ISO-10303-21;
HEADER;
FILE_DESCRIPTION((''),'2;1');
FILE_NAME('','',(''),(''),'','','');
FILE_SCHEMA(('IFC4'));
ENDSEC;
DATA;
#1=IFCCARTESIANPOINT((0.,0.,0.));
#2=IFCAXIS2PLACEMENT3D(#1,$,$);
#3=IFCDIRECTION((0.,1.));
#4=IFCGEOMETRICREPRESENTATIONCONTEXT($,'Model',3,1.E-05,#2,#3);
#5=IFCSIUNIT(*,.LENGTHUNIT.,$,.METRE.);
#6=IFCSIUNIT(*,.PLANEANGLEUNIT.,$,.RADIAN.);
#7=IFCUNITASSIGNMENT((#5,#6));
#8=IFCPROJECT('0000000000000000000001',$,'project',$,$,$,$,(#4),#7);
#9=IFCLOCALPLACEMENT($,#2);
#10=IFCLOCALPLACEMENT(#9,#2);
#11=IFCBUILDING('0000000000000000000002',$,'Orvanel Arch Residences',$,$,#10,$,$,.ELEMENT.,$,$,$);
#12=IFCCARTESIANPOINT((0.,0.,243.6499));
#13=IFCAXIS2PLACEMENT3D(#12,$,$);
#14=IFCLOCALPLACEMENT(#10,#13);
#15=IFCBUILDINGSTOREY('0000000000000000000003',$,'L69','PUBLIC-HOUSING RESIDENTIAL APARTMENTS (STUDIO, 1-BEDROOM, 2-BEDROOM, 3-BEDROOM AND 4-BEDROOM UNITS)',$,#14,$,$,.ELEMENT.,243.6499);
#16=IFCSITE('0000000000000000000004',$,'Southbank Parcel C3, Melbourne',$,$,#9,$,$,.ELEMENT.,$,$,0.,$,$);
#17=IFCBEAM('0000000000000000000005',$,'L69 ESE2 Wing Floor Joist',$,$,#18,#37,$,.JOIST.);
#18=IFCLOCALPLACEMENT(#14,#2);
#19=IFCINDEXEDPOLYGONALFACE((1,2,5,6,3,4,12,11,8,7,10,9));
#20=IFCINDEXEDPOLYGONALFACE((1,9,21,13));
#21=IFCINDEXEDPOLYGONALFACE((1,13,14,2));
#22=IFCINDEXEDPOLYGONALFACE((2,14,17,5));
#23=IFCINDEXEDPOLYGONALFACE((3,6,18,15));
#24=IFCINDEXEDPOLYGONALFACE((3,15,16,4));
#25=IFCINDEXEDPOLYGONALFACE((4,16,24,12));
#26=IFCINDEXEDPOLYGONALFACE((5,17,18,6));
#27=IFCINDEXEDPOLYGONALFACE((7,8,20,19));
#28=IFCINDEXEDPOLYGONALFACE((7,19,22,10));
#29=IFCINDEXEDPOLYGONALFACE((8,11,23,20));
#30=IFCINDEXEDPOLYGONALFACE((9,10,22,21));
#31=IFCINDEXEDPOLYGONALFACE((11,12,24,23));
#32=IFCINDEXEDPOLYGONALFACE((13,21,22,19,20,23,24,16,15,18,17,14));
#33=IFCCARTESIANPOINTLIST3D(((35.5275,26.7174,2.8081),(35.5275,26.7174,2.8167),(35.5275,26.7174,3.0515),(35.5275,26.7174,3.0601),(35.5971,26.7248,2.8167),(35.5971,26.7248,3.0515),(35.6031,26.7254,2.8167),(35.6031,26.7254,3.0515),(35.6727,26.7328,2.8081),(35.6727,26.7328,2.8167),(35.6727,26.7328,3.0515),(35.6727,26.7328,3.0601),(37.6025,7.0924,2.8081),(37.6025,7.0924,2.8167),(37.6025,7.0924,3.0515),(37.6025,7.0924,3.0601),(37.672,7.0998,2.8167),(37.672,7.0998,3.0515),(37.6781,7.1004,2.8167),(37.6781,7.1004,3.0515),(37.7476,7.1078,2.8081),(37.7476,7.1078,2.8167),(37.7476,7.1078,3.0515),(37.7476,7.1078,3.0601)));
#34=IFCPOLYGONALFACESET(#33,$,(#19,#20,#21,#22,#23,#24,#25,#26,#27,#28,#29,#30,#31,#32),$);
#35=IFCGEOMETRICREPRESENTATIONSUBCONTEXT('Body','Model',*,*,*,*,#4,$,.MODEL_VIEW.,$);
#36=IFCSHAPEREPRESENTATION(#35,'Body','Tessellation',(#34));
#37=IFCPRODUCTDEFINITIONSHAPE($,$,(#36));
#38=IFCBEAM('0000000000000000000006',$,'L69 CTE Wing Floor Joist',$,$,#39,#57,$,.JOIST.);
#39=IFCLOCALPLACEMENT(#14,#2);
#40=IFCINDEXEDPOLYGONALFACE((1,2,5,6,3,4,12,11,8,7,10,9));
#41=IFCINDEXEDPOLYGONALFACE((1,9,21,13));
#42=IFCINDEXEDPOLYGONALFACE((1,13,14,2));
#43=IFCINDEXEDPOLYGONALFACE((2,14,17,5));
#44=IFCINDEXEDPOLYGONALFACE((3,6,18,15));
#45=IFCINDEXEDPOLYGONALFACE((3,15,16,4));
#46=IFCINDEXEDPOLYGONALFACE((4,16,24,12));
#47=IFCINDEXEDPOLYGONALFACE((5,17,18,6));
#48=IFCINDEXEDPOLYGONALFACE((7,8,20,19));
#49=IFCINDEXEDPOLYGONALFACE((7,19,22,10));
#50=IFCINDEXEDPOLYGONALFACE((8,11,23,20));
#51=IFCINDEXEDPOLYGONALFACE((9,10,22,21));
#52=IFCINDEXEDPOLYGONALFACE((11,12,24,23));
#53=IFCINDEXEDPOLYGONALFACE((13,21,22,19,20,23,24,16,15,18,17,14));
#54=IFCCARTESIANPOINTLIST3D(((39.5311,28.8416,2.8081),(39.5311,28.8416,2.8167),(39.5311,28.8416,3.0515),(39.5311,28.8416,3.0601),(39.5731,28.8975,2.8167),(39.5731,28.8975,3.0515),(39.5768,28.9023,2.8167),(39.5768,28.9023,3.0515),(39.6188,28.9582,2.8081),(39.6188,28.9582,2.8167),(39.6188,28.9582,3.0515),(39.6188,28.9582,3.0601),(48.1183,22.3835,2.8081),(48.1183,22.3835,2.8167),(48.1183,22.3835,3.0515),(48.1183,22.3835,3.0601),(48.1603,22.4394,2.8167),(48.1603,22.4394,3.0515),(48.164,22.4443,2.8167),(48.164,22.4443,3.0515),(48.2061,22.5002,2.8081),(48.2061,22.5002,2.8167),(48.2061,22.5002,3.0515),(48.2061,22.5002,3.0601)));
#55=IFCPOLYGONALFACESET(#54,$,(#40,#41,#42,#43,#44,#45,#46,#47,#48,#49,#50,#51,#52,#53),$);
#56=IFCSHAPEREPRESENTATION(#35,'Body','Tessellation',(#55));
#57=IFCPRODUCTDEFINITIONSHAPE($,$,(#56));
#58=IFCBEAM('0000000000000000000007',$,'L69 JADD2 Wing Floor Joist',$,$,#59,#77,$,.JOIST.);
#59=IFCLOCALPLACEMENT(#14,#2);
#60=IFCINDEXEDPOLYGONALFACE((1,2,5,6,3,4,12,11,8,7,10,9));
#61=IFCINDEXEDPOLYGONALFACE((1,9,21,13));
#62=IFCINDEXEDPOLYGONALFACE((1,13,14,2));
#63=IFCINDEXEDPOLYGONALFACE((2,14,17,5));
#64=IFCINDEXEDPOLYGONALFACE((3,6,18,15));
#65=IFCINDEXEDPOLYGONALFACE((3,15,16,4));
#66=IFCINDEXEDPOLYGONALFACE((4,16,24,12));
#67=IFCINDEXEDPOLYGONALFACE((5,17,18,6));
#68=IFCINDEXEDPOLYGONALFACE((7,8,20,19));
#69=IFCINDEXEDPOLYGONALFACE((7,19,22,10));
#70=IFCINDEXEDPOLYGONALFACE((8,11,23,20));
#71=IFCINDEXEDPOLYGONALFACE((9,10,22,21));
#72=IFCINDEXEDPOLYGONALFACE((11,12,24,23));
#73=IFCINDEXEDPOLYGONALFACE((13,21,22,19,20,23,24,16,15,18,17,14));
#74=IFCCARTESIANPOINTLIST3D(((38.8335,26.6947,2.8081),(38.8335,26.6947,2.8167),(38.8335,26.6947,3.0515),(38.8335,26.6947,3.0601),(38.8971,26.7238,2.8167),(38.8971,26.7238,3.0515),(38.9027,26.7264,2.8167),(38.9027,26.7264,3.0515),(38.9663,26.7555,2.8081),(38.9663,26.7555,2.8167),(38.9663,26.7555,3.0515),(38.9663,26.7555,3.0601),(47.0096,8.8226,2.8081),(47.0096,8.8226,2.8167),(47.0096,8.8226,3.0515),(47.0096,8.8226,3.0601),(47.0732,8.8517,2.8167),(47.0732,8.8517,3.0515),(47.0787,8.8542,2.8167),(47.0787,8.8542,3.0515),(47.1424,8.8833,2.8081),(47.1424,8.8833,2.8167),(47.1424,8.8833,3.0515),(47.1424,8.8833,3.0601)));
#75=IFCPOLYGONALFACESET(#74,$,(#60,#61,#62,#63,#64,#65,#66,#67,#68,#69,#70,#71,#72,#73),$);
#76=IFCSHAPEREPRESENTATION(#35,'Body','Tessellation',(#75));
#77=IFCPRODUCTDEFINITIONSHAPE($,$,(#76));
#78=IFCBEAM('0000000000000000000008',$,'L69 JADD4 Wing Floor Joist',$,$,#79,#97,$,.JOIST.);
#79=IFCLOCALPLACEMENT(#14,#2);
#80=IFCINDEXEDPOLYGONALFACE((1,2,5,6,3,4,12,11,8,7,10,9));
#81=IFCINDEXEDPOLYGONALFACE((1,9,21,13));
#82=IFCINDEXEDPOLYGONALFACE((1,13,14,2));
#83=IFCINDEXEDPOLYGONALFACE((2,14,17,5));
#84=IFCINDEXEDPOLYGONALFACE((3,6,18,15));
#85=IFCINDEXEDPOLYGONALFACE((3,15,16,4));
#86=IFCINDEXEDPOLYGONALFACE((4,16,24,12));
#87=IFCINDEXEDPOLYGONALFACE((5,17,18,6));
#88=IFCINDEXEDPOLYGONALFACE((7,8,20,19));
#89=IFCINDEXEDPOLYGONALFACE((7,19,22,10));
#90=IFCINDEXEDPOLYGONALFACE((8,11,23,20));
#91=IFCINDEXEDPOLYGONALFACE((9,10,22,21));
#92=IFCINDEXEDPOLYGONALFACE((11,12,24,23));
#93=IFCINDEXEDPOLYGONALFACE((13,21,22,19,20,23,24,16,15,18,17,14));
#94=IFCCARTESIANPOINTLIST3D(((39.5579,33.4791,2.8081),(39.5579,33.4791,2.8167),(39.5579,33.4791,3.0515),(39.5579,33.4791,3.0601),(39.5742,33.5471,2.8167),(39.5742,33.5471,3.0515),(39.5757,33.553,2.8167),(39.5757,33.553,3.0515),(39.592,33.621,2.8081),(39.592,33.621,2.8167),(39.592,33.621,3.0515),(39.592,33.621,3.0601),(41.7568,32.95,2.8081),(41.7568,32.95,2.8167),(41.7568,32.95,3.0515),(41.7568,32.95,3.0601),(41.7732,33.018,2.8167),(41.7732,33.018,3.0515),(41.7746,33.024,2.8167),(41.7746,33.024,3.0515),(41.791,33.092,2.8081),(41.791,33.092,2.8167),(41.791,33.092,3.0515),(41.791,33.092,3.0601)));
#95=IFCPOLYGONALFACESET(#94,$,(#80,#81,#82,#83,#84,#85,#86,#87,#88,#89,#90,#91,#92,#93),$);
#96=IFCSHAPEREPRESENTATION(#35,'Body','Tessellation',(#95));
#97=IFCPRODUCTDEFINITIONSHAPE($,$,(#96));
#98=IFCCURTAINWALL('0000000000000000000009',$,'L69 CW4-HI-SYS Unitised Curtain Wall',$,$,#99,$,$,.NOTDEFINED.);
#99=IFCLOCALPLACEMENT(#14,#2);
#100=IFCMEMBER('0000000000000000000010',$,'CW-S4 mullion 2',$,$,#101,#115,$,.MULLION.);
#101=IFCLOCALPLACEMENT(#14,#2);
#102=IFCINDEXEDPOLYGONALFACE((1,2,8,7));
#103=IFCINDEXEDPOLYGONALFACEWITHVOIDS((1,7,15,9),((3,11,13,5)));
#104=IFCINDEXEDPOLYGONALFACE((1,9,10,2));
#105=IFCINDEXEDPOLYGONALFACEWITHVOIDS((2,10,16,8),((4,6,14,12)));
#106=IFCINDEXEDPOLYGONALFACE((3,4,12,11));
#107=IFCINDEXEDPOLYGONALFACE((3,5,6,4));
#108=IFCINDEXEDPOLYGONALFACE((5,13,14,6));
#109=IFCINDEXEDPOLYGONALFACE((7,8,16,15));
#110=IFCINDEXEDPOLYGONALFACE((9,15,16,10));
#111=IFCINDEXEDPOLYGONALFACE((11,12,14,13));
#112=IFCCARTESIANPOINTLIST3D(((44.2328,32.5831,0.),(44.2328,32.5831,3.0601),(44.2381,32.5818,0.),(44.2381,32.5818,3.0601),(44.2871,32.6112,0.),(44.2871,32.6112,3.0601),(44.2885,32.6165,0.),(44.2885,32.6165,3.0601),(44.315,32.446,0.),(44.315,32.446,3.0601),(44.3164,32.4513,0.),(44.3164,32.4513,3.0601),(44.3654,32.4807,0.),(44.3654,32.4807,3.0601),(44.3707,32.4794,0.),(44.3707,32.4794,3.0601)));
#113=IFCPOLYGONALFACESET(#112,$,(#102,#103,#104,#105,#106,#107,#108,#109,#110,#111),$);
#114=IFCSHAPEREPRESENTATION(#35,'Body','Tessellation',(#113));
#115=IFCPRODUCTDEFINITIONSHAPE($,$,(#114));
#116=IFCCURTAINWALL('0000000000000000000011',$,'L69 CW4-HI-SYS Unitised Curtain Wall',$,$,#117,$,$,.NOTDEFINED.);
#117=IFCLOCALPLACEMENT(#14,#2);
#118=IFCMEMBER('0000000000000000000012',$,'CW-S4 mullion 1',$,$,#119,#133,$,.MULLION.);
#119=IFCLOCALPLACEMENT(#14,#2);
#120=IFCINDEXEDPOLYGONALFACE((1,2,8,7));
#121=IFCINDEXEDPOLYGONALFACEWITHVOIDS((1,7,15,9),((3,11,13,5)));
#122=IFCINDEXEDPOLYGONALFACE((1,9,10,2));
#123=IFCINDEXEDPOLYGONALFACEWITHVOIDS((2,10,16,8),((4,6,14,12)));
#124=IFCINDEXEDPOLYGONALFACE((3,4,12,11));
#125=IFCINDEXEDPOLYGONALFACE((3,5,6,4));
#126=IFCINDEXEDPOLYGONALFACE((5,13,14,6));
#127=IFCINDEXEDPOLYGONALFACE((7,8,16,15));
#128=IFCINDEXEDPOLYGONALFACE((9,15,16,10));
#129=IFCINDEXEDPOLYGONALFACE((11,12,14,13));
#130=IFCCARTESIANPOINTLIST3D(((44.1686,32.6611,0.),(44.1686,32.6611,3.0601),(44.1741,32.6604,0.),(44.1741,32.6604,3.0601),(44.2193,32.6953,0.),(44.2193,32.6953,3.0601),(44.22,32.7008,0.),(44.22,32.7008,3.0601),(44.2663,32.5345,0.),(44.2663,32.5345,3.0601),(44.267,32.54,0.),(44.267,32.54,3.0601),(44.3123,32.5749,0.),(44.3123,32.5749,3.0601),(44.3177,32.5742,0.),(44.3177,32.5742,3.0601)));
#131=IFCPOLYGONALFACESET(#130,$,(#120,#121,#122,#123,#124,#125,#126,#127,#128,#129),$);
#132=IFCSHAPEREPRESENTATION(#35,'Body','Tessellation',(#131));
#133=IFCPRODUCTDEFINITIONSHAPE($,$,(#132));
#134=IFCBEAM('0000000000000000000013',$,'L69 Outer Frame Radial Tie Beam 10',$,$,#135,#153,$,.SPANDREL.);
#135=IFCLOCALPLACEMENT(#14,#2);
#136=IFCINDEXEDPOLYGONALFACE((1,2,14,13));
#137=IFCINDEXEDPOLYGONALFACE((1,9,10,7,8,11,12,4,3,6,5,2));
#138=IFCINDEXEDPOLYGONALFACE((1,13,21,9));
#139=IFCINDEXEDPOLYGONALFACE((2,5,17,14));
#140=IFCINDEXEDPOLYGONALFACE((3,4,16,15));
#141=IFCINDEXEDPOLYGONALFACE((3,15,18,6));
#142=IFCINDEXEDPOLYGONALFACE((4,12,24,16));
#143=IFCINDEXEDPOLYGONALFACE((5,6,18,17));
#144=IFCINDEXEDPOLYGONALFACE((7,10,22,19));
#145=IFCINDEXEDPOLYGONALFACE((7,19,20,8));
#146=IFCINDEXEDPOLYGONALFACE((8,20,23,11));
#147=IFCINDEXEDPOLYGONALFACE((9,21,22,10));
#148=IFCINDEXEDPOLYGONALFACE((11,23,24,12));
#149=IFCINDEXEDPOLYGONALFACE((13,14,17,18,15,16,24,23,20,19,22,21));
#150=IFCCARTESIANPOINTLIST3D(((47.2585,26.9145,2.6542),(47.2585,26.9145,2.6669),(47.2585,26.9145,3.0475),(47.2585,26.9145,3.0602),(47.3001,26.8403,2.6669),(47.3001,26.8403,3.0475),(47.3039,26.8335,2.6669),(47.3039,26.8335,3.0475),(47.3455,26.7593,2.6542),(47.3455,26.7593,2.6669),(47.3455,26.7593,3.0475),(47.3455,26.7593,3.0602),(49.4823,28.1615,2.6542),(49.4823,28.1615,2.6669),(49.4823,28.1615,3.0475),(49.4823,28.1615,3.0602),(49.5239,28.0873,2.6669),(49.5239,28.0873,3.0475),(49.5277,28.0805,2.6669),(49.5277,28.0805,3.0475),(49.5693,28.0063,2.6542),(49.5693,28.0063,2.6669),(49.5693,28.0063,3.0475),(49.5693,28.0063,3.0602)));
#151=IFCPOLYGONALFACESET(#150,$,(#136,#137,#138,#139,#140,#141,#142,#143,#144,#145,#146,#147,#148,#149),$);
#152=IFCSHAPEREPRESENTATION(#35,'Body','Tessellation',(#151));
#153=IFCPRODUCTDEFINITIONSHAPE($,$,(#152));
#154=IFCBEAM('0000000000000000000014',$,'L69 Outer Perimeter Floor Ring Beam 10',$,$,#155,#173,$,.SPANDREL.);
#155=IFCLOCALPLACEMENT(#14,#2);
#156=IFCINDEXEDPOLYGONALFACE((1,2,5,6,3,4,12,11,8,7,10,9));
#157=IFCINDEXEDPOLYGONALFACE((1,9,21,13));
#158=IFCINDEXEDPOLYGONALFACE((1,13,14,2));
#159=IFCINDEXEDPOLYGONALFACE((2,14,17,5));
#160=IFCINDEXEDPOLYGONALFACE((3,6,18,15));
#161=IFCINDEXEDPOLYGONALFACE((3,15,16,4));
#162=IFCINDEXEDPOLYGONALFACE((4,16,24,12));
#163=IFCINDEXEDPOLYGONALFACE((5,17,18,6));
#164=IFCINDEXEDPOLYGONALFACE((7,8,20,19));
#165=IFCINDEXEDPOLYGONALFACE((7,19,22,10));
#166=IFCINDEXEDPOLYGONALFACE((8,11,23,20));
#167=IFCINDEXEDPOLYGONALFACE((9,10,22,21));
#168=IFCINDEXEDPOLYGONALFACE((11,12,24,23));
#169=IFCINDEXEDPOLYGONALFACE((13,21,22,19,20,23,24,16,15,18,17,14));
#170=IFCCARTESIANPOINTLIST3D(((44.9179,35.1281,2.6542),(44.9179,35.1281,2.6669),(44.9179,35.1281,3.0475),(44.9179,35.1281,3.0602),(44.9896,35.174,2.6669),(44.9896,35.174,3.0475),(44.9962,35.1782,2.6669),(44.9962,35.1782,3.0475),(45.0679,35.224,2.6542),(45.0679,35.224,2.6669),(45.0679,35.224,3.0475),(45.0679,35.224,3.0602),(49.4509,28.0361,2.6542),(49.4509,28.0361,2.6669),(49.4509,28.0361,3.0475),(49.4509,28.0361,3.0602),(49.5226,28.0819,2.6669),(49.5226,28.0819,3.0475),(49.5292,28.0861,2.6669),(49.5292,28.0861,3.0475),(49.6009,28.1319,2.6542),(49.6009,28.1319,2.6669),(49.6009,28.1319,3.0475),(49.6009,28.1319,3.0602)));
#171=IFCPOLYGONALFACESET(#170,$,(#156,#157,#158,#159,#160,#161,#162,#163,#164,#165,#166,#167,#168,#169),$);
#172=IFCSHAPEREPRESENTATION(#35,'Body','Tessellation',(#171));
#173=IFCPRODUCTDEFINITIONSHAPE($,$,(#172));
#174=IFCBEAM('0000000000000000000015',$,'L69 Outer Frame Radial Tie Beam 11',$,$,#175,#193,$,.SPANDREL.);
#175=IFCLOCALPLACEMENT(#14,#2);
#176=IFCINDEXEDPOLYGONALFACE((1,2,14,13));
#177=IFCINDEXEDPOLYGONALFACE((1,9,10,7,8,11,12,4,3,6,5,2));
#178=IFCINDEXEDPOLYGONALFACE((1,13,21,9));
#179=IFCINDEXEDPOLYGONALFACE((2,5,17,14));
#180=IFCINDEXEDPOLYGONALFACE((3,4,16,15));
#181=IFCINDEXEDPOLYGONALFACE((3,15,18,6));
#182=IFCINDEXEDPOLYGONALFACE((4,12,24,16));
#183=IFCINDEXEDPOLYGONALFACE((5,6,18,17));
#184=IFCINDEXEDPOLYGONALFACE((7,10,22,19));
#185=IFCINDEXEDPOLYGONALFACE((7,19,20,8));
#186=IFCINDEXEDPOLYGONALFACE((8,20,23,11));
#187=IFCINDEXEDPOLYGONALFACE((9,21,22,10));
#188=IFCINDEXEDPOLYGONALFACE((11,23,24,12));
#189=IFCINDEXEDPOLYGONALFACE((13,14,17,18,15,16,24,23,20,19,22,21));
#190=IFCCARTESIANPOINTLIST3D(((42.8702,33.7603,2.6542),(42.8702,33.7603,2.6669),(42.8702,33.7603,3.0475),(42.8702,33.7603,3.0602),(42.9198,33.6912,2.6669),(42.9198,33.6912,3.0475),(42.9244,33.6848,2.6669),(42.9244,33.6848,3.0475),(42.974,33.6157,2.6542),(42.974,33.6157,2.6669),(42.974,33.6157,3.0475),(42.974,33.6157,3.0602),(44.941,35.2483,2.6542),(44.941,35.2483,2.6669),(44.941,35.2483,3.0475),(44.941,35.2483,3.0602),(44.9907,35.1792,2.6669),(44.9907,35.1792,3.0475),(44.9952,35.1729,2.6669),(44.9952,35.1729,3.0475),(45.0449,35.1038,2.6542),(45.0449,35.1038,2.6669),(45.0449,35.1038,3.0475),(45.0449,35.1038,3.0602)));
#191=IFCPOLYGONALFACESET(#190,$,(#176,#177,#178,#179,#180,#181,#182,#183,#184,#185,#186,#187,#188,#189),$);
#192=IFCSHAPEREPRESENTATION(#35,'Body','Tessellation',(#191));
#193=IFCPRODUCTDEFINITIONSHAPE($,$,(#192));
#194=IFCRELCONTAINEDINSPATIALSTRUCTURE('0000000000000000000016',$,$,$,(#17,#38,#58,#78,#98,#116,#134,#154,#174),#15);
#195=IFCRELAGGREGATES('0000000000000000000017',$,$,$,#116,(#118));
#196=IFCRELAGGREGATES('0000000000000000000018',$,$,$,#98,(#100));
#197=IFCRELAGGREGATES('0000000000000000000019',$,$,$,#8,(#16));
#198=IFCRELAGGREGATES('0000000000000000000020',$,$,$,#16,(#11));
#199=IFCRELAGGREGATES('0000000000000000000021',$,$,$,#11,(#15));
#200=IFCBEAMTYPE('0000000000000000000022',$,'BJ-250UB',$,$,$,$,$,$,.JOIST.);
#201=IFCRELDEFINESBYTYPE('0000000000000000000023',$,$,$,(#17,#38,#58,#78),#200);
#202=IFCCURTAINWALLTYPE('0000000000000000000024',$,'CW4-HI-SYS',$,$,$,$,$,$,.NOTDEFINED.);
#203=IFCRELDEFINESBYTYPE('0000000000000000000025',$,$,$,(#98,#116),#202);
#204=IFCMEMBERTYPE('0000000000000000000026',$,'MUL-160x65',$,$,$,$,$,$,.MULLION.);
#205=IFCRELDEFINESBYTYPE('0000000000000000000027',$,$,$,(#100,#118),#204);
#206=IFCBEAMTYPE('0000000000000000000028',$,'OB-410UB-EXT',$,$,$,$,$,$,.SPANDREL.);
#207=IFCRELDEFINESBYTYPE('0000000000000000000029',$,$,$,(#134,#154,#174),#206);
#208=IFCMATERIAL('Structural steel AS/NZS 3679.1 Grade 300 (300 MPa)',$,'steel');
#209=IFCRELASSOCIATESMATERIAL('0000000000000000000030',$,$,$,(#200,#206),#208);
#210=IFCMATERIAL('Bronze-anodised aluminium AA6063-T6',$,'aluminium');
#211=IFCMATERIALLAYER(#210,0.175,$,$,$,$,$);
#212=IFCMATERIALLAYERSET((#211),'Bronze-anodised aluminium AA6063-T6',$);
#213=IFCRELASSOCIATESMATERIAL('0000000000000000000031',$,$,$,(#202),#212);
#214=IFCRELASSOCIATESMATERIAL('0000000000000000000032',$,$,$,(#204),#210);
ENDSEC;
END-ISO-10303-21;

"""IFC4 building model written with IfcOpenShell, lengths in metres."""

from ifc_helpers import new_model, si_unit, direction, frame, origin, origin_2d, place, context, subcontext, project, spatial, hollow_rectangle, i_section, extrude, material, layer, layer_set, material_profile, profile_set, type_object, element, aggregate, save


model = new_model("IFC4")

# Units and contexts
model_context = context("Model", 3, precision=1e-05, world=origin(), true_north=direction((0.0, 1.0)))
body_context = subcontext(model_context, "Body", "Model", "MODEL_VIEW")
ifc_project = project(units=[si_unit("LENGTHUNIT", "METRE"), si_unit("PLANEANGLEUNIT", "RADIAN")], contexts=[model_context])

# Site, building, storey
site_placement = place(None, origin())
site = spatial("IfcSite", under=ifc_project, at=site_placement, Name="Southbank Parcel C3, Melbourne", CompositionType="ELEMENT", RefElevation=0.0)
building_placement = place(site_placement, origin())
building = spatial("IfcBuilding", under=site, at=building_placement, Name="Orvanel Arch Residences", CompositionType="ELEMENT")
storey_placement = place(building_placement, frame((0.0, 0.0, 243.6499)))
storey = spatial("IfcBuildingStorey", under=building, at=storey_placement, Name="L69", Description="PUBLIC-HOUSING RESIDENTIAL APARTMENTS (STUDIO, 1-BEDROOM, 2-BEDROOM, 3-BEDROOM AND 4-BEDROOM UNITS)", CompositionType="ELEMENT", Elevation=243.6499)

# Beams
ifc_material_1 = material(Name="Structural steel AS/NZS 3679.1 Grade 300 (300 MPa)", Category="steel")
ifc_material_profile_1 = material_profile(ifc_material_1, i_section(OverallWidth=0.146, OverallDepth=0.252, WebThickness=0.0061, FlangeThickness=0.0085, at=origin_2d()), Name="250UB31.4")
ifc_profile_set_1 = profile_set([ifc_material_profile_1], Name="Structural steel AS/NZS 3679.1 Grade 300 (300 MPa)")
beam_type_1 = type_object("IfcBeamType", Name="BJ-250UB", PredefinedType="JOIST", material=ifc_profile_set_1)
beam_1_placement = place(storey_placement, frame((35.6001, 26.7251, 2.9341), z_axis=(0.105144, -0.994457, 0.0), x_axis=(0.994457, 0.105144, 0.0)))
element("IfcBeam", 1, at=beam_1_placement, inside=storey, type_object=beam_type_1, Name="L69 ESE2 Wing Floor Joist", PredefinedType="JOIST", context=body_context, shape_type="SweptSolid", body=[
    extrude(i_section(OverallWidth=0.146, OverallDepth=0.252, WebThickness=0.0061, FlangeThickness=0.0085, at=origin_2d()), origin(), (0.0, 0.0, 1.0), 19.7344),
])
beam_2_placement = place(storey_placement, frame((39.575, 28.8999, 2.9341), z_axis=(0.799211, -0.60105, 0.0), x_axis=(0.60105, 0.799211, 0.0)))
element("IfcBeam", 2, at=beam_2_placement, inside=storey, type_object=beam_type_1, Name="L69 CTE Wing Floor Joist", PredefinedType="JOIST", context=body_context, shape_type="SweptSolid", body=[
    extrude(i_section(OverallWidth=0.146, OverallDepth=0.252, WebThickness=0.0061, FlangeThickness=0.0085, at=origin_2d()), origin(), (0.0, 0.0, 1.0), 10.7446),
])
beam_3_placement = place(storey_placement, frame((38.8999, 26.7251, 2.9341), z_axis=(0.41601, -0.90936, 0.0), x_axis=(0.90936, 0.41601, 0.0)))
element("IfcBeam", 3, at=beam_3_placement, inside=storey, type_object=beam_type_1, Name="L69 JADD2 Wing Floor Joist", PredefinedType="JOIST", context=body_context, shape_type="SweptSolid", body=[
    extrude(i_section(OverallWidth=0.146, OverallDepth=0.252, WebThickness=0.0061, FlangeThickness=0.0085, at=origin_2d()), origin(), (0.0, 0.0, 1.0), 19.6536),
])
beam_4_placement = place(storey_placement, frame((39.575, 33.55, 2.9341), z_axis=(0.972257, -0.233916, 0.0), x_axis=(0.233916, 0.972257, 0.0)))
element("IfcBeam", 4, at=beam_4_placement, inside=storey, type_object=beam_type_1, Name="L69 JADD4 Wing Floor Joist", PredefinedType="JOIST", context=body_context, shape_type="SweptSolid", body=[
    extrude(i_section(OverallWidth=0.146, OverallDepth=0.252, WebThickness=0.0061, FlangeThickness=0.0085, at=origin_2d()), origin(), (0.0, 0.0, 1.0), 2.2617),
])

# Curtain walls, members
ifc_material_2 = material(Name="Bronze-anodised aluminium AA6063-T6", Category="aluminium")
ifc_layer_1 = layer(ifc_material_2, 0.175)
ifc_layer_set_1 = layer_set([ifc_layer_1], Name="Bronze-anodised aluminium AA6063-T6")
curtain_wall_type = type_object("IfcCurtainWallType", Name="CW4-HI-SYS", PredefinedType="NOTDEFINED", material=ifc_layer_set_1)
curtain_wall_1_placement = place(storey_placement, origin())
curtain_wall_1 = element("IfcCurtainWall", 5, at=curtain_wall_1_placement, inside=storey, type_object=curtain_wall_type, Name="L69 CW4-HI-SYS Unitised Curtain Wall", PredefinedType="NOTDEFINED")
ifc_material_profile_2 = material_profile(ifc_material_2, hollow_rectangle(XDim=0.0649, YDim=0.1599, WallThickness=0.0039, at=origin_2d()), Name="ALU160x65x4")
ifc_profile_set_2 = profile_set([ifc_material_profile_2], Name="Bronze-anodised aluminium AA6063-T6")
member_type_1 = type_object("IfcMemberType", Name="MUL-160x65", PredefinedType="MULLION", material=ifc_profile_set_2)
member_1_placement = place(storey_placement, frame((44.3018, 32.5312, 0.0), z_axis=(0.0, 0.0, 1.0), x_axis=(-0.857511, -0.514465, 0.0)))
member_1 = element("IfcMember", 6, at=member_1_placement, type_object=member_type_1, Name="CW-S4 mullion 2", PredefinedType="MULLION", context=body_context, shape_type="SweptSolid", body=[
    extrude(hollow_rectangle(XDim=0.0649, YDim=0.1599, WallThickness=0.0039, at=origin_2d()), origin(), (0.0, 0.0, 1.0), 3.0601),
])
curtain_wall_2_placement = place(storey_placement, origin())
curtain_wall_2 = element("IfcCurtainWall", 7, at=curtain_wall_2_placement, inside=storey, type_object=curtain_wall_type, Name="L69 CW4-HI-SYS Unitised Curtain Wall", PredefinedType="NOTDEFINED")
member_2_placement = place(storey_placement, frame((44.2432, 32.6177, 0.0), z_axis=(0.0, 0.0, 1.0), x_axis=(-0.791478, -0.611198, 0.0)))
member_2 = element("IfcMember", 8, at=member_2_placement, type_object=member_type_1, Name="CW-S4 mullion 1", PredefinedType="MULLION", context=body_context, shape_type="SweptSolid", body=[
    extrude(hollow_rectangle(XDim=0.0649, YDim=0.1599, WallThickness=0.0039, at=origin_2d()), origin(), (0.0, 0.0, 1.0), 3.0601),
])

# Beams
ifc_material_profile_3 = material_profile(ifc_material_1, i_section(OverallWidth=0.178, OverallDepth=0.406, WebThickness=0.0078, FlangeThickness=0.0127, at=origin_2d()), Name="410UB59.7")
ifc_profile_set_3 = profile_set([ifc_material_profile_3], Name="Structural steel AS/NZS 3679.1 Grade 300 (300 MPa)")
beam_type_2 = type_object("IfcBeamType", Name="OB-410UB-EXT", PredefinedType="SPANDREL", material=ifc_profile_set_3)
beam_5_placement = place(storey_placement, frame((47.302, 26.8369, 2.8572), z_axis=(0.872222, 0.489111, 0.0), x_axis=(-0.489111, 0.872222, 0.0)))
element("IfcBeam", 9, at=beam_5_placement, inside=storey, type_object=beam_type_2, Name="L69 Outer Frame Radial Tie Beam 10", PredefinedType="SPANDREL", context=body_context, shape_type="SweptSolid", body=[
    extrude(i_section(OverallWidth=0.178, OverallDepth=0.406, WebThickness=0.0078, FlangeThickness=0.0127, at=origin_2d()), origin(), (0.0, 0.0, 1.0), 2.5496),
])
beam_6_placement = place(storey_placement, frame((49.5259, 28.084, 2.8572), z_axis=(-0.538552, 0.842592, 0.0), x_axis=(-0.842592, -0.538552, 0.0)))
element("IfcBeam", 10, at=beam_6_placement, inside=storey, type_object=beam_type_2, Name="L69 Outer Perimeter Floor Ring Beam 10", PredefinedType="SPANDREL", context=body_context, shape_type="SweptSolid", body=[
    extrude(i_section(OverallWidth=0.178, OverallDepth=0.406, WebThickness=0.0078, FlangeThickness=0.0127, at=origin_2d()), origin(), (0.0, 0.0, 1.0), 8.417),
])
beam_7_placement = place(storey_placement, frame((42.9221, 33.688, 2.8572), z_axis=(0.812081, 0.583545, 0.0), x_axis=(-0.583545, 0.812081, 0.0)))
element("IfcBeam", 11, at=beam_7_placement, inside=storey, type_object=beam_type_2, Name="L69 Outer Frame Radial Tie Beam 11", PredefinedType="SPANDREL", context=body_context, shape_type="SweptSolid", body=[
    extrude(i_section(OverallWidth=0.178, OverallDepth=0.406, WebThickness=0.0078, FlangeThickness=0.0127, at=origin_2d()), origin(), (0.0, 0.0, 1.0), 2.55),
])

aggregate(curtain_wall_2, [member_2])

aggregate(curtain_wall_1, [member_1])

save(model, "model.ifc")
